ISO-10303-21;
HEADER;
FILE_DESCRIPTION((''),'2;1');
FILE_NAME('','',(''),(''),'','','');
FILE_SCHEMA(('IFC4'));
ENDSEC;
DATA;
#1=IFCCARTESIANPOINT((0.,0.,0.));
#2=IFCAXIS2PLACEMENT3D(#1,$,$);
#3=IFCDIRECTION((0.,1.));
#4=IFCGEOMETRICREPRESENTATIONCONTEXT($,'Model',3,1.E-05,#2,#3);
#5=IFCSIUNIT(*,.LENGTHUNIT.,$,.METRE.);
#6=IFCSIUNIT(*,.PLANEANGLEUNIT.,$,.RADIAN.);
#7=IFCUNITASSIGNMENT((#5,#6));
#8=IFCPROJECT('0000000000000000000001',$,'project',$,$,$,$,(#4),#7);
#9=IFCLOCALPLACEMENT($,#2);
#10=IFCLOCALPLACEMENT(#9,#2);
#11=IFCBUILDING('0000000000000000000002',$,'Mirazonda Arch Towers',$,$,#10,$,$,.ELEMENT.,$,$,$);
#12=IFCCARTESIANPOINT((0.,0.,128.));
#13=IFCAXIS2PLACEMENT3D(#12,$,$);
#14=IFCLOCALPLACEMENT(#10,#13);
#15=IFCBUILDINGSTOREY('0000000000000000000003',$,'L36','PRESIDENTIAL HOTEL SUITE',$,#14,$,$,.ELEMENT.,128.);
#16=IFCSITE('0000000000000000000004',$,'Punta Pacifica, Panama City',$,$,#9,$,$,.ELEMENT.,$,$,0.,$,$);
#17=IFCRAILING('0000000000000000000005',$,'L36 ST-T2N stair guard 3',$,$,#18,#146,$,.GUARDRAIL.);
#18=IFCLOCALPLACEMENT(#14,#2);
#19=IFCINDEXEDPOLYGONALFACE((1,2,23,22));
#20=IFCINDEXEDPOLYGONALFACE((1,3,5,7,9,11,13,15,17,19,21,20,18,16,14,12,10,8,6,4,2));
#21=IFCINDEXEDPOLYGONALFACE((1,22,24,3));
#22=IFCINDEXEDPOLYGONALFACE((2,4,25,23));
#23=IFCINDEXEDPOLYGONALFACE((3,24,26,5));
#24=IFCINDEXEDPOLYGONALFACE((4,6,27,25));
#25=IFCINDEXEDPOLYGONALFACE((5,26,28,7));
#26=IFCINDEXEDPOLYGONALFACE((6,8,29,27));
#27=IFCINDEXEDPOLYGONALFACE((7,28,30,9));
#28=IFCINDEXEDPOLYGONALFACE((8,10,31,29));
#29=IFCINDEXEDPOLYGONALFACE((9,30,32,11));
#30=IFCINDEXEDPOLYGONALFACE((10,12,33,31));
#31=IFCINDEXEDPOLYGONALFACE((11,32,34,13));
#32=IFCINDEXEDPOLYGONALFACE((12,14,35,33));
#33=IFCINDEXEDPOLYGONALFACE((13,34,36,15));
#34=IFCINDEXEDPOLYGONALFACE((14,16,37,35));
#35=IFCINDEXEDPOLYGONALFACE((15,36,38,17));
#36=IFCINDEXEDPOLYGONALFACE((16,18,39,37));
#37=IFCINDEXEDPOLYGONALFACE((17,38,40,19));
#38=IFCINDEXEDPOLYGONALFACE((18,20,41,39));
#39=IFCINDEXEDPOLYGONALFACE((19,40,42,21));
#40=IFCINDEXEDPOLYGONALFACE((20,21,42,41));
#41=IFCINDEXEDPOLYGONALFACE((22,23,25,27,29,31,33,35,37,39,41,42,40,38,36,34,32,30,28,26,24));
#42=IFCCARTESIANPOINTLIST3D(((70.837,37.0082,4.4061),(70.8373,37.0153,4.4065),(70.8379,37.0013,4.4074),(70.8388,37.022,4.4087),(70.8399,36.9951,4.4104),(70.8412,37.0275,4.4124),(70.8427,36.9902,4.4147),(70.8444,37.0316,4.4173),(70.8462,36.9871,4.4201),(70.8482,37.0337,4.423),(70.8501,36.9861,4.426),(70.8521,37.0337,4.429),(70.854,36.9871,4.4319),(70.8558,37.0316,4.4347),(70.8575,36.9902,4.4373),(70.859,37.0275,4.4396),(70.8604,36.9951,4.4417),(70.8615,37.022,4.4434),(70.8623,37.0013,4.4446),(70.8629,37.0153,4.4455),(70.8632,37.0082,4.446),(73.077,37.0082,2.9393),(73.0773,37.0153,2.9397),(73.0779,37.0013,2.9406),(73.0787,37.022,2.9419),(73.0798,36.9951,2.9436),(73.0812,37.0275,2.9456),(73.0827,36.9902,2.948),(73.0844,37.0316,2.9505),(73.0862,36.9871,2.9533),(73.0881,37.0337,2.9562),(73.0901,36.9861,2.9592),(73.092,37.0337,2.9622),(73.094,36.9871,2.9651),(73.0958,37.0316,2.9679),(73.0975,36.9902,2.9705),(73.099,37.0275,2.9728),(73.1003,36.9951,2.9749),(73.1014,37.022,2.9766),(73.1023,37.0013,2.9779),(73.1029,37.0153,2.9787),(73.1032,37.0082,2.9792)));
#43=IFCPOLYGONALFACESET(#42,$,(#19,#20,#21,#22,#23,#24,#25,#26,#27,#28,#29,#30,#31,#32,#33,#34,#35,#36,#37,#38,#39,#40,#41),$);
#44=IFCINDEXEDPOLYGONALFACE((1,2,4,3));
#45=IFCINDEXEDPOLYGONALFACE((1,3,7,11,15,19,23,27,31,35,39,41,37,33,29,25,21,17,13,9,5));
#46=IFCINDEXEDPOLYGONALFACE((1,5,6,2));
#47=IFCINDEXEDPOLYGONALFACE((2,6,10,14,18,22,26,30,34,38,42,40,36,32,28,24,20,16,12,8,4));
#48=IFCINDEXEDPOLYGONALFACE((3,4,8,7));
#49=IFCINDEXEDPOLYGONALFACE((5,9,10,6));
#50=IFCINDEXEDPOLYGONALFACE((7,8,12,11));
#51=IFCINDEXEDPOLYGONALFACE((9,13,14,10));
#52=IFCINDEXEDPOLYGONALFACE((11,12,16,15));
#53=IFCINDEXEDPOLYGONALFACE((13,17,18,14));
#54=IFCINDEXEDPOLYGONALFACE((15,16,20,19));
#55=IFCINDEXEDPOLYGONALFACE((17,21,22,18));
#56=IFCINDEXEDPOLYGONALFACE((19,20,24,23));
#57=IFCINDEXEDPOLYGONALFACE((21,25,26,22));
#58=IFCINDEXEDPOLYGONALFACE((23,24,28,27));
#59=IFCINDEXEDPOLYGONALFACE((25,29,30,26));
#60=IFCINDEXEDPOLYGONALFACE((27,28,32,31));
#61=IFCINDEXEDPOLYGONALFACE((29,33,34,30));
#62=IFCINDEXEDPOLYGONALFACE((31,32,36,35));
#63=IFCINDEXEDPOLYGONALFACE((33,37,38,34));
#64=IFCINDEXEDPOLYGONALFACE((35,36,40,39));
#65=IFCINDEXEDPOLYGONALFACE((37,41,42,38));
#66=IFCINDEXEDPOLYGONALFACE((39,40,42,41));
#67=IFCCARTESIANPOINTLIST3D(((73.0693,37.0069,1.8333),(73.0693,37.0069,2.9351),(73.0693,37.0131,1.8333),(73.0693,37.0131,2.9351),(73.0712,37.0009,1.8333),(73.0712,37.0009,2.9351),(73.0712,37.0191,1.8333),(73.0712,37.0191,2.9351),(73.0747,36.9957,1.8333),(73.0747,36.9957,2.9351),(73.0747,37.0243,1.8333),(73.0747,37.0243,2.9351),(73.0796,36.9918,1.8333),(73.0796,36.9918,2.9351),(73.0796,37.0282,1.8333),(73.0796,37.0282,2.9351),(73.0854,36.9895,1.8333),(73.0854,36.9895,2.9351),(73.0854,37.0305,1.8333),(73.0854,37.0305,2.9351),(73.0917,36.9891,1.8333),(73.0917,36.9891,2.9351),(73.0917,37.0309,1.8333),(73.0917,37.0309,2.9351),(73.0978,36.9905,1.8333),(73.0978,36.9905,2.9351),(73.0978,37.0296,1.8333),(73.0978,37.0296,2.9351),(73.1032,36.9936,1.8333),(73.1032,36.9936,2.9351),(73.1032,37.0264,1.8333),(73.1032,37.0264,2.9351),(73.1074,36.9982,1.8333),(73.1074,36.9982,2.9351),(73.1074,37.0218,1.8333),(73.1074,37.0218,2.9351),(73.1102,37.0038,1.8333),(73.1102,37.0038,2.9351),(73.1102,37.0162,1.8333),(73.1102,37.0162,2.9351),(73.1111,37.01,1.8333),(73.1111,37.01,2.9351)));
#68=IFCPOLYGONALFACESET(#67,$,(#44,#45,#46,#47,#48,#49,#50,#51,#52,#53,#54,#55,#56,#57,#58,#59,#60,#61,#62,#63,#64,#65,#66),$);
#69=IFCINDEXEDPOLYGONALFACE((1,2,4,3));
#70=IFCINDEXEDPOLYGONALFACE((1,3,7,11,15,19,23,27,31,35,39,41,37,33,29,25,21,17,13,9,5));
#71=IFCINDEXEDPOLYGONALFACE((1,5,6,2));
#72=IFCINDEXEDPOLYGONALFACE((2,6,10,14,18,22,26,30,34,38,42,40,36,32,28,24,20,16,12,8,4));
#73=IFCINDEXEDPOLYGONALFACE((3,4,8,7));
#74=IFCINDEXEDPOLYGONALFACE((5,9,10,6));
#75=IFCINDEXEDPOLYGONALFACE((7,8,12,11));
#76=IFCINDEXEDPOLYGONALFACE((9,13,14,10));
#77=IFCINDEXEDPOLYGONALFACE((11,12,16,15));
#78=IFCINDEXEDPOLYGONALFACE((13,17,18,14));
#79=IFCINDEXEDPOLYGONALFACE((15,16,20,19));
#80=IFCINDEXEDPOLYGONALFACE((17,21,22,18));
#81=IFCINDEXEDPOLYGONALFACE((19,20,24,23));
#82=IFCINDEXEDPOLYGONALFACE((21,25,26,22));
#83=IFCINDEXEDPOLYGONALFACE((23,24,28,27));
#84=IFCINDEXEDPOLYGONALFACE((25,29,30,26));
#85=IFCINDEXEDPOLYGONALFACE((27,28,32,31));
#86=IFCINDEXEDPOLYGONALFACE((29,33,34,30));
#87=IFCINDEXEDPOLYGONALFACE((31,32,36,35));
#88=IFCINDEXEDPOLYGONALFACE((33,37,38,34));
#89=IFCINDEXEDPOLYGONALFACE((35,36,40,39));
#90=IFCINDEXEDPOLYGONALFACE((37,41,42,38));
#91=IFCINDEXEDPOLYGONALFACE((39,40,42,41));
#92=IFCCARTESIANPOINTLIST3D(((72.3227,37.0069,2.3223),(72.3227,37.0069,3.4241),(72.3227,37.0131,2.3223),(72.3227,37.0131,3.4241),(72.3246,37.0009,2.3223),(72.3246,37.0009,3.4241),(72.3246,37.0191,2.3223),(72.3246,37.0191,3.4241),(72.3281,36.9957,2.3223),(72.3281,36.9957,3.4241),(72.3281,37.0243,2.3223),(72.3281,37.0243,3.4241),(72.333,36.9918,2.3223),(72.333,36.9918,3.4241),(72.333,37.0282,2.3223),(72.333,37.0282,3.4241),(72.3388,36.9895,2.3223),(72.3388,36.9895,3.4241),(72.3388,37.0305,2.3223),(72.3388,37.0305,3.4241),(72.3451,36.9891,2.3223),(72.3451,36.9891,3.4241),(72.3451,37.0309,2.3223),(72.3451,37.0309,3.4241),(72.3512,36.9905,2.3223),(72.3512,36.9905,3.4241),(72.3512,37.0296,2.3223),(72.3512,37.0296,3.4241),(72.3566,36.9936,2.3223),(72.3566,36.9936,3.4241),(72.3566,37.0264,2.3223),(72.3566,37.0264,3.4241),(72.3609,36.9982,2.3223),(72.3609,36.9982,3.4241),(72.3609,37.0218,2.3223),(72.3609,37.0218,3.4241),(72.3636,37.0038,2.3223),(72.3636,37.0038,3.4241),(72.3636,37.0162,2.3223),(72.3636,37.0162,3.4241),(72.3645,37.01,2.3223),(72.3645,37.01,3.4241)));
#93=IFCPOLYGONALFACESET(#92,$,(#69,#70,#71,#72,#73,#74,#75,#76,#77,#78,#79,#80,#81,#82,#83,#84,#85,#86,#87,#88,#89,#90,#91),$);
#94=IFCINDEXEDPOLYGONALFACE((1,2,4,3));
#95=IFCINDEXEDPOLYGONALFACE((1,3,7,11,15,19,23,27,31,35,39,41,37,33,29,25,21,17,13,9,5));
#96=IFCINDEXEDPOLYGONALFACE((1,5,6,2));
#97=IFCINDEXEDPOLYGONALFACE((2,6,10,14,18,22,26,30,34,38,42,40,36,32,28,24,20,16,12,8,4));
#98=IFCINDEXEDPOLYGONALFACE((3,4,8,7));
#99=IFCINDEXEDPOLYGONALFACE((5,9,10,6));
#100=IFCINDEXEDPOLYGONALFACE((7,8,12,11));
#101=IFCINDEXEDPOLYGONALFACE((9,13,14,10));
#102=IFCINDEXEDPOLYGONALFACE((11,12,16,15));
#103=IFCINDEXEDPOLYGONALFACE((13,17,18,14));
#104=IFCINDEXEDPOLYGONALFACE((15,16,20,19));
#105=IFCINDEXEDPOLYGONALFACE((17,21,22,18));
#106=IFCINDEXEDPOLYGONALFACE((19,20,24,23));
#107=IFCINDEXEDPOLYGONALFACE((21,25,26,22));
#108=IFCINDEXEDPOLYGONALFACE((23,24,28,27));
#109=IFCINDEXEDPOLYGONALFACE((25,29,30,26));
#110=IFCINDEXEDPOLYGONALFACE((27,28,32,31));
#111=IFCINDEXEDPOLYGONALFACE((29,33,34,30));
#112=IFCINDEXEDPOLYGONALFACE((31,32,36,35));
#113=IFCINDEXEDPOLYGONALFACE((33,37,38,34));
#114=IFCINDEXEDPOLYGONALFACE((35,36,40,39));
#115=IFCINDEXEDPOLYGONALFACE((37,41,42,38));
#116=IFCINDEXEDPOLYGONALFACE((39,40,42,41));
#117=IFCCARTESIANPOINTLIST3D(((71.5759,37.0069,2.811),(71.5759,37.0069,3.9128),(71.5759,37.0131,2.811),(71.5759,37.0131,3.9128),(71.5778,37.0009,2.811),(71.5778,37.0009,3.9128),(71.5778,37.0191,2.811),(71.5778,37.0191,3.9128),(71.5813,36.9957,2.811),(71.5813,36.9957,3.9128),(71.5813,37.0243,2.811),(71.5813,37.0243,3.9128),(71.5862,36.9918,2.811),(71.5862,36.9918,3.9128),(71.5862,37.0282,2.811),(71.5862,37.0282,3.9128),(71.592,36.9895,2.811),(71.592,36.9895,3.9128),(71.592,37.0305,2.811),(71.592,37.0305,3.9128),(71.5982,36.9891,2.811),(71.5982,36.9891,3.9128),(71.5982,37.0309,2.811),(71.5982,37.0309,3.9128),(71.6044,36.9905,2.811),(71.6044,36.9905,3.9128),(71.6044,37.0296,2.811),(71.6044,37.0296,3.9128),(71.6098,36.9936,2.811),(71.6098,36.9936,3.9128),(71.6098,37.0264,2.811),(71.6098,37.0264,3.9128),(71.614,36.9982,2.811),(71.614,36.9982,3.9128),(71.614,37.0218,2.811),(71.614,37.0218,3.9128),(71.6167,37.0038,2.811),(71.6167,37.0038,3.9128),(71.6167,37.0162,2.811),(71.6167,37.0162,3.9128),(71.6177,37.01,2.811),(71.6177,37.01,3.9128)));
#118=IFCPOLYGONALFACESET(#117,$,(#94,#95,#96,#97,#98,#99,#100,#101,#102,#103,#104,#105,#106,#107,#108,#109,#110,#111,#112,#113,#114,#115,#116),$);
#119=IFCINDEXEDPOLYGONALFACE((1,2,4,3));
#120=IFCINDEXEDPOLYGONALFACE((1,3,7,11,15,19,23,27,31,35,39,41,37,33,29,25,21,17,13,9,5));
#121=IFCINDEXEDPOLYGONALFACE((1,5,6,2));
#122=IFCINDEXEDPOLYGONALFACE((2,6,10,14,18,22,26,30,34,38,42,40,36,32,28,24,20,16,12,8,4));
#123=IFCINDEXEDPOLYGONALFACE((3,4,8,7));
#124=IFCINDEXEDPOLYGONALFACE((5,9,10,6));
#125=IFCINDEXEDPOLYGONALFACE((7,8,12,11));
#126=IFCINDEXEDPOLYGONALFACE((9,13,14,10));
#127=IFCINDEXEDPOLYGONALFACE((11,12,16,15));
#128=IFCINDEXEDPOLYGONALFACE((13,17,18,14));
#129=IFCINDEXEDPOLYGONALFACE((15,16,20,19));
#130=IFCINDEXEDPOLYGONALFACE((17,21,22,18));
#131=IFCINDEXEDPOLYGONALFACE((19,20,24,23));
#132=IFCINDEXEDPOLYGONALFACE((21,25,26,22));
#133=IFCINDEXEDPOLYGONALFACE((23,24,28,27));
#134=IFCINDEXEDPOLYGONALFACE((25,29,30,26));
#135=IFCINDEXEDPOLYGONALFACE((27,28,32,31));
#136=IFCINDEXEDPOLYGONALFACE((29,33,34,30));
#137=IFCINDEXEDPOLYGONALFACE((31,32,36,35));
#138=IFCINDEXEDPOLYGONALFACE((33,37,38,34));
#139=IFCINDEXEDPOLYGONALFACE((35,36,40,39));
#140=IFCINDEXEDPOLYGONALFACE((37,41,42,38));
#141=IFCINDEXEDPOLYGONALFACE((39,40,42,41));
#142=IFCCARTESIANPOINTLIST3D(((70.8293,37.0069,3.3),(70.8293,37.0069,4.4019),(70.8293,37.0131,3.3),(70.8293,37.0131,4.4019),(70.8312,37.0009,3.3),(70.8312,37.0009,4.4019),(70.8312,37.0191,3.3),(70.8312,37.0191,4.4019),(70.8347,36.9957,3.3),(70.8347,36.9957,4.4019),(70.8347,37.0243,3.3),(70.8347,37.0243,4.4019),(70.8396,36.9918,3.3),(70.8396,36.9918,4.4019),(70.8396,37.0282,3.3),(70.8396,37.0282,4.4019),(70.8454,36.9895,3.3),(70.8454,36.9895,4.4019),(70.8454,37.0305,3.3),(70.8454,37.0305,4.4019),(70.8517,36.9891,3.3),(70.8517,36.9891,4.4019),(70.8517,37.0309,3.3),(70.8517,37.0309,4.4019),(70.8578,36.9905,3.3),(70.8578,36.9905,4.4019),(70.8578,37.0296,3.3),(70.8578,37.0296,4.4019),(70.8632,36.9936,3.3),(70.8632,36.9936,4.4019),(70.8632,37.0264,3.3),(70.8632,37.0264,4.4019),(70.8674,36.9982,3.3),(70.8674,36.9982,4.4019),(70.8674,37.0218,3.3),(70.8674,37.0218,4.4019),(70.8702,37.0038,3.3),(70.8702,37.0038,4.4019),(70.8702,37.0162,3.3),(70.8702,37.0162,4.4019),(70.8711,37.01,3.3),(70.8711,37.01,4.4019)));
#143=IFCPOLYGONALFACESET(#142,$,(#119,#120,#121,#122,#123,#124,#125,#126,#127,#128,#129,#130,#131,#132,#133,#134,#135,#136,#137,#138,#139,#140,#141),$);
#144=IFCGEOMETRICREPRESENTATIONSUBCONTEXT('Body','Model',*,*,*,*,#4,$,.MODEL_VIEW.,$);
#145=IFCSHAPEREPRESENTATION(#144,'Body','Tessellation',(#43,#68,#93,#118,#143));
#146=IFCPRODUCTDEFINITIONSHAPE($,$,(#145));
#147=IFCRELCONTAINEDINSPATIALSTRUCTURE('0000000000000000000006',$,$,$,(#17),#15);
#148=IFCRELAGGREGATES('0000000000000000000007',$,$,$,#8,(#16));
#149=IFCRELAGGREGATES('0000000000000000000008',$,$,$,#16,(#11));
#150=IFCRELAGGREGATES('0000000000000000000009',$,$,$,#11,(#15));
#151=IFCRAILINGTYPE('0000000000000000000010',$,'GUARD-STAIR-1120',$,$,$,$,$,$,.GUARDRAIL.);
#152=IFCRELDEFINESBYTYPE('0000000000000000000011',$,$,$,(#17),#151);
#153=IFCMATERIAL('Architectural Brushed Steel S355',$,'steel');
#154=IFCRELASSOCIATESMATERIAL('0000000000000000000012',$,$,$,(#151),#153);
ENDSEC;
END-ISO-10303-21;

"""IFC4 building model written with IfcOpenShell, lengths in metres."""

from ifc_helpers import new_model, si_unit, direction, frame, origin, origin_2d, place, context, subcontext, project, spatial, circle, extrude, material, type_object, element, save


model = new_model("IFC4")

# Units and contexts
model_context = context("Model", 3, precision=1e-05, world=origin(), true_north=direction((0.0, 1.0)))
body_context = subcontext(model_context, "Body", "Model", "MODEL_VIEW")
ifc_project = project(units=[si_unit("LENGTHUNIT", "METRE"), si_unit("PLANEANGLEUNIT", "RADIAN")], contexts=[model_context])

# Site, building, storey
site_placement = place(None, origin())
site = spatial("IfcSite", under=ifc_project, at=site_placement, Name="Punta Pacifica, Panama City", CompositionType="ELEMENT", RefElevation=0.0)
building_placement = place(site_placement, origin())
building = spatial("IfcBuilding", under=site, at=building_placement, Name="Mirazonda Arch Towers", CompositionType="ELEMENT")
storey_placement = place(building_placement, frame((0.0, 0.0, 128.0)))
storey = spatial("IfcBuildingStorey", under=building, at=storey_placement, Name="L36", Description="PRESIDENTIAL HOTEL SUITE", CompositionType="ELEMENT", Elevation=128.0)

# Railing
ifc_material_1 = material(Name="Architectural Brushed Steel S355", Category="steel")
railing_type_1 = type_object("IfcRailingType", Name="GUARD-STAIR-1120", PredefinedType="GUARDRAIL", material=ifc_material_1)
railing_1_placement = place(storey_placement, frame((73.0901, 37.01, 1.8333)))
element("IfcRailing", 1, at=railing_1_placement, inside=storey, type_object=railing_type_1, Name="L36 ST-T2N stair guard 3", PredefinedType="GUARDRAIL", context=body_context, shape_type="SweptSolid", body=[
    extrude(circle(Radius=0.0239, at=origin_2d()), frame((0.0, 0.0, 1.126), z_axis=(-0.836595, 0.0, 0.547822), x_axis=(0.0, -1.0, 0.0)), (0.0, 0.0, 1.0), 2.6775),
    extrude(circle(Radius=0.021, at=origin_2d()), origin(), (0.0, 0.0, 1.0), 1.1018),
    extrude(circle(Radius=0.021, at=origin_2d()), frame((-0.7466, 0.0, 0.489)), (0.0, 0.0, 1.0), 1.1018),
    extrude(circle(Radius=0.021, at=origin_2d()), frame((-1.4934, 0.0, 0.9778)), (0.0, 0.0, 1.0), 1.1018),
    extrude(circle(Radius=0.021, at=origin_2d()), frame((-2.24, 0.0, 1.4668)), (0.0, 0.0, 1.0), 1.1018),
])

save(model, "model.ifc")
